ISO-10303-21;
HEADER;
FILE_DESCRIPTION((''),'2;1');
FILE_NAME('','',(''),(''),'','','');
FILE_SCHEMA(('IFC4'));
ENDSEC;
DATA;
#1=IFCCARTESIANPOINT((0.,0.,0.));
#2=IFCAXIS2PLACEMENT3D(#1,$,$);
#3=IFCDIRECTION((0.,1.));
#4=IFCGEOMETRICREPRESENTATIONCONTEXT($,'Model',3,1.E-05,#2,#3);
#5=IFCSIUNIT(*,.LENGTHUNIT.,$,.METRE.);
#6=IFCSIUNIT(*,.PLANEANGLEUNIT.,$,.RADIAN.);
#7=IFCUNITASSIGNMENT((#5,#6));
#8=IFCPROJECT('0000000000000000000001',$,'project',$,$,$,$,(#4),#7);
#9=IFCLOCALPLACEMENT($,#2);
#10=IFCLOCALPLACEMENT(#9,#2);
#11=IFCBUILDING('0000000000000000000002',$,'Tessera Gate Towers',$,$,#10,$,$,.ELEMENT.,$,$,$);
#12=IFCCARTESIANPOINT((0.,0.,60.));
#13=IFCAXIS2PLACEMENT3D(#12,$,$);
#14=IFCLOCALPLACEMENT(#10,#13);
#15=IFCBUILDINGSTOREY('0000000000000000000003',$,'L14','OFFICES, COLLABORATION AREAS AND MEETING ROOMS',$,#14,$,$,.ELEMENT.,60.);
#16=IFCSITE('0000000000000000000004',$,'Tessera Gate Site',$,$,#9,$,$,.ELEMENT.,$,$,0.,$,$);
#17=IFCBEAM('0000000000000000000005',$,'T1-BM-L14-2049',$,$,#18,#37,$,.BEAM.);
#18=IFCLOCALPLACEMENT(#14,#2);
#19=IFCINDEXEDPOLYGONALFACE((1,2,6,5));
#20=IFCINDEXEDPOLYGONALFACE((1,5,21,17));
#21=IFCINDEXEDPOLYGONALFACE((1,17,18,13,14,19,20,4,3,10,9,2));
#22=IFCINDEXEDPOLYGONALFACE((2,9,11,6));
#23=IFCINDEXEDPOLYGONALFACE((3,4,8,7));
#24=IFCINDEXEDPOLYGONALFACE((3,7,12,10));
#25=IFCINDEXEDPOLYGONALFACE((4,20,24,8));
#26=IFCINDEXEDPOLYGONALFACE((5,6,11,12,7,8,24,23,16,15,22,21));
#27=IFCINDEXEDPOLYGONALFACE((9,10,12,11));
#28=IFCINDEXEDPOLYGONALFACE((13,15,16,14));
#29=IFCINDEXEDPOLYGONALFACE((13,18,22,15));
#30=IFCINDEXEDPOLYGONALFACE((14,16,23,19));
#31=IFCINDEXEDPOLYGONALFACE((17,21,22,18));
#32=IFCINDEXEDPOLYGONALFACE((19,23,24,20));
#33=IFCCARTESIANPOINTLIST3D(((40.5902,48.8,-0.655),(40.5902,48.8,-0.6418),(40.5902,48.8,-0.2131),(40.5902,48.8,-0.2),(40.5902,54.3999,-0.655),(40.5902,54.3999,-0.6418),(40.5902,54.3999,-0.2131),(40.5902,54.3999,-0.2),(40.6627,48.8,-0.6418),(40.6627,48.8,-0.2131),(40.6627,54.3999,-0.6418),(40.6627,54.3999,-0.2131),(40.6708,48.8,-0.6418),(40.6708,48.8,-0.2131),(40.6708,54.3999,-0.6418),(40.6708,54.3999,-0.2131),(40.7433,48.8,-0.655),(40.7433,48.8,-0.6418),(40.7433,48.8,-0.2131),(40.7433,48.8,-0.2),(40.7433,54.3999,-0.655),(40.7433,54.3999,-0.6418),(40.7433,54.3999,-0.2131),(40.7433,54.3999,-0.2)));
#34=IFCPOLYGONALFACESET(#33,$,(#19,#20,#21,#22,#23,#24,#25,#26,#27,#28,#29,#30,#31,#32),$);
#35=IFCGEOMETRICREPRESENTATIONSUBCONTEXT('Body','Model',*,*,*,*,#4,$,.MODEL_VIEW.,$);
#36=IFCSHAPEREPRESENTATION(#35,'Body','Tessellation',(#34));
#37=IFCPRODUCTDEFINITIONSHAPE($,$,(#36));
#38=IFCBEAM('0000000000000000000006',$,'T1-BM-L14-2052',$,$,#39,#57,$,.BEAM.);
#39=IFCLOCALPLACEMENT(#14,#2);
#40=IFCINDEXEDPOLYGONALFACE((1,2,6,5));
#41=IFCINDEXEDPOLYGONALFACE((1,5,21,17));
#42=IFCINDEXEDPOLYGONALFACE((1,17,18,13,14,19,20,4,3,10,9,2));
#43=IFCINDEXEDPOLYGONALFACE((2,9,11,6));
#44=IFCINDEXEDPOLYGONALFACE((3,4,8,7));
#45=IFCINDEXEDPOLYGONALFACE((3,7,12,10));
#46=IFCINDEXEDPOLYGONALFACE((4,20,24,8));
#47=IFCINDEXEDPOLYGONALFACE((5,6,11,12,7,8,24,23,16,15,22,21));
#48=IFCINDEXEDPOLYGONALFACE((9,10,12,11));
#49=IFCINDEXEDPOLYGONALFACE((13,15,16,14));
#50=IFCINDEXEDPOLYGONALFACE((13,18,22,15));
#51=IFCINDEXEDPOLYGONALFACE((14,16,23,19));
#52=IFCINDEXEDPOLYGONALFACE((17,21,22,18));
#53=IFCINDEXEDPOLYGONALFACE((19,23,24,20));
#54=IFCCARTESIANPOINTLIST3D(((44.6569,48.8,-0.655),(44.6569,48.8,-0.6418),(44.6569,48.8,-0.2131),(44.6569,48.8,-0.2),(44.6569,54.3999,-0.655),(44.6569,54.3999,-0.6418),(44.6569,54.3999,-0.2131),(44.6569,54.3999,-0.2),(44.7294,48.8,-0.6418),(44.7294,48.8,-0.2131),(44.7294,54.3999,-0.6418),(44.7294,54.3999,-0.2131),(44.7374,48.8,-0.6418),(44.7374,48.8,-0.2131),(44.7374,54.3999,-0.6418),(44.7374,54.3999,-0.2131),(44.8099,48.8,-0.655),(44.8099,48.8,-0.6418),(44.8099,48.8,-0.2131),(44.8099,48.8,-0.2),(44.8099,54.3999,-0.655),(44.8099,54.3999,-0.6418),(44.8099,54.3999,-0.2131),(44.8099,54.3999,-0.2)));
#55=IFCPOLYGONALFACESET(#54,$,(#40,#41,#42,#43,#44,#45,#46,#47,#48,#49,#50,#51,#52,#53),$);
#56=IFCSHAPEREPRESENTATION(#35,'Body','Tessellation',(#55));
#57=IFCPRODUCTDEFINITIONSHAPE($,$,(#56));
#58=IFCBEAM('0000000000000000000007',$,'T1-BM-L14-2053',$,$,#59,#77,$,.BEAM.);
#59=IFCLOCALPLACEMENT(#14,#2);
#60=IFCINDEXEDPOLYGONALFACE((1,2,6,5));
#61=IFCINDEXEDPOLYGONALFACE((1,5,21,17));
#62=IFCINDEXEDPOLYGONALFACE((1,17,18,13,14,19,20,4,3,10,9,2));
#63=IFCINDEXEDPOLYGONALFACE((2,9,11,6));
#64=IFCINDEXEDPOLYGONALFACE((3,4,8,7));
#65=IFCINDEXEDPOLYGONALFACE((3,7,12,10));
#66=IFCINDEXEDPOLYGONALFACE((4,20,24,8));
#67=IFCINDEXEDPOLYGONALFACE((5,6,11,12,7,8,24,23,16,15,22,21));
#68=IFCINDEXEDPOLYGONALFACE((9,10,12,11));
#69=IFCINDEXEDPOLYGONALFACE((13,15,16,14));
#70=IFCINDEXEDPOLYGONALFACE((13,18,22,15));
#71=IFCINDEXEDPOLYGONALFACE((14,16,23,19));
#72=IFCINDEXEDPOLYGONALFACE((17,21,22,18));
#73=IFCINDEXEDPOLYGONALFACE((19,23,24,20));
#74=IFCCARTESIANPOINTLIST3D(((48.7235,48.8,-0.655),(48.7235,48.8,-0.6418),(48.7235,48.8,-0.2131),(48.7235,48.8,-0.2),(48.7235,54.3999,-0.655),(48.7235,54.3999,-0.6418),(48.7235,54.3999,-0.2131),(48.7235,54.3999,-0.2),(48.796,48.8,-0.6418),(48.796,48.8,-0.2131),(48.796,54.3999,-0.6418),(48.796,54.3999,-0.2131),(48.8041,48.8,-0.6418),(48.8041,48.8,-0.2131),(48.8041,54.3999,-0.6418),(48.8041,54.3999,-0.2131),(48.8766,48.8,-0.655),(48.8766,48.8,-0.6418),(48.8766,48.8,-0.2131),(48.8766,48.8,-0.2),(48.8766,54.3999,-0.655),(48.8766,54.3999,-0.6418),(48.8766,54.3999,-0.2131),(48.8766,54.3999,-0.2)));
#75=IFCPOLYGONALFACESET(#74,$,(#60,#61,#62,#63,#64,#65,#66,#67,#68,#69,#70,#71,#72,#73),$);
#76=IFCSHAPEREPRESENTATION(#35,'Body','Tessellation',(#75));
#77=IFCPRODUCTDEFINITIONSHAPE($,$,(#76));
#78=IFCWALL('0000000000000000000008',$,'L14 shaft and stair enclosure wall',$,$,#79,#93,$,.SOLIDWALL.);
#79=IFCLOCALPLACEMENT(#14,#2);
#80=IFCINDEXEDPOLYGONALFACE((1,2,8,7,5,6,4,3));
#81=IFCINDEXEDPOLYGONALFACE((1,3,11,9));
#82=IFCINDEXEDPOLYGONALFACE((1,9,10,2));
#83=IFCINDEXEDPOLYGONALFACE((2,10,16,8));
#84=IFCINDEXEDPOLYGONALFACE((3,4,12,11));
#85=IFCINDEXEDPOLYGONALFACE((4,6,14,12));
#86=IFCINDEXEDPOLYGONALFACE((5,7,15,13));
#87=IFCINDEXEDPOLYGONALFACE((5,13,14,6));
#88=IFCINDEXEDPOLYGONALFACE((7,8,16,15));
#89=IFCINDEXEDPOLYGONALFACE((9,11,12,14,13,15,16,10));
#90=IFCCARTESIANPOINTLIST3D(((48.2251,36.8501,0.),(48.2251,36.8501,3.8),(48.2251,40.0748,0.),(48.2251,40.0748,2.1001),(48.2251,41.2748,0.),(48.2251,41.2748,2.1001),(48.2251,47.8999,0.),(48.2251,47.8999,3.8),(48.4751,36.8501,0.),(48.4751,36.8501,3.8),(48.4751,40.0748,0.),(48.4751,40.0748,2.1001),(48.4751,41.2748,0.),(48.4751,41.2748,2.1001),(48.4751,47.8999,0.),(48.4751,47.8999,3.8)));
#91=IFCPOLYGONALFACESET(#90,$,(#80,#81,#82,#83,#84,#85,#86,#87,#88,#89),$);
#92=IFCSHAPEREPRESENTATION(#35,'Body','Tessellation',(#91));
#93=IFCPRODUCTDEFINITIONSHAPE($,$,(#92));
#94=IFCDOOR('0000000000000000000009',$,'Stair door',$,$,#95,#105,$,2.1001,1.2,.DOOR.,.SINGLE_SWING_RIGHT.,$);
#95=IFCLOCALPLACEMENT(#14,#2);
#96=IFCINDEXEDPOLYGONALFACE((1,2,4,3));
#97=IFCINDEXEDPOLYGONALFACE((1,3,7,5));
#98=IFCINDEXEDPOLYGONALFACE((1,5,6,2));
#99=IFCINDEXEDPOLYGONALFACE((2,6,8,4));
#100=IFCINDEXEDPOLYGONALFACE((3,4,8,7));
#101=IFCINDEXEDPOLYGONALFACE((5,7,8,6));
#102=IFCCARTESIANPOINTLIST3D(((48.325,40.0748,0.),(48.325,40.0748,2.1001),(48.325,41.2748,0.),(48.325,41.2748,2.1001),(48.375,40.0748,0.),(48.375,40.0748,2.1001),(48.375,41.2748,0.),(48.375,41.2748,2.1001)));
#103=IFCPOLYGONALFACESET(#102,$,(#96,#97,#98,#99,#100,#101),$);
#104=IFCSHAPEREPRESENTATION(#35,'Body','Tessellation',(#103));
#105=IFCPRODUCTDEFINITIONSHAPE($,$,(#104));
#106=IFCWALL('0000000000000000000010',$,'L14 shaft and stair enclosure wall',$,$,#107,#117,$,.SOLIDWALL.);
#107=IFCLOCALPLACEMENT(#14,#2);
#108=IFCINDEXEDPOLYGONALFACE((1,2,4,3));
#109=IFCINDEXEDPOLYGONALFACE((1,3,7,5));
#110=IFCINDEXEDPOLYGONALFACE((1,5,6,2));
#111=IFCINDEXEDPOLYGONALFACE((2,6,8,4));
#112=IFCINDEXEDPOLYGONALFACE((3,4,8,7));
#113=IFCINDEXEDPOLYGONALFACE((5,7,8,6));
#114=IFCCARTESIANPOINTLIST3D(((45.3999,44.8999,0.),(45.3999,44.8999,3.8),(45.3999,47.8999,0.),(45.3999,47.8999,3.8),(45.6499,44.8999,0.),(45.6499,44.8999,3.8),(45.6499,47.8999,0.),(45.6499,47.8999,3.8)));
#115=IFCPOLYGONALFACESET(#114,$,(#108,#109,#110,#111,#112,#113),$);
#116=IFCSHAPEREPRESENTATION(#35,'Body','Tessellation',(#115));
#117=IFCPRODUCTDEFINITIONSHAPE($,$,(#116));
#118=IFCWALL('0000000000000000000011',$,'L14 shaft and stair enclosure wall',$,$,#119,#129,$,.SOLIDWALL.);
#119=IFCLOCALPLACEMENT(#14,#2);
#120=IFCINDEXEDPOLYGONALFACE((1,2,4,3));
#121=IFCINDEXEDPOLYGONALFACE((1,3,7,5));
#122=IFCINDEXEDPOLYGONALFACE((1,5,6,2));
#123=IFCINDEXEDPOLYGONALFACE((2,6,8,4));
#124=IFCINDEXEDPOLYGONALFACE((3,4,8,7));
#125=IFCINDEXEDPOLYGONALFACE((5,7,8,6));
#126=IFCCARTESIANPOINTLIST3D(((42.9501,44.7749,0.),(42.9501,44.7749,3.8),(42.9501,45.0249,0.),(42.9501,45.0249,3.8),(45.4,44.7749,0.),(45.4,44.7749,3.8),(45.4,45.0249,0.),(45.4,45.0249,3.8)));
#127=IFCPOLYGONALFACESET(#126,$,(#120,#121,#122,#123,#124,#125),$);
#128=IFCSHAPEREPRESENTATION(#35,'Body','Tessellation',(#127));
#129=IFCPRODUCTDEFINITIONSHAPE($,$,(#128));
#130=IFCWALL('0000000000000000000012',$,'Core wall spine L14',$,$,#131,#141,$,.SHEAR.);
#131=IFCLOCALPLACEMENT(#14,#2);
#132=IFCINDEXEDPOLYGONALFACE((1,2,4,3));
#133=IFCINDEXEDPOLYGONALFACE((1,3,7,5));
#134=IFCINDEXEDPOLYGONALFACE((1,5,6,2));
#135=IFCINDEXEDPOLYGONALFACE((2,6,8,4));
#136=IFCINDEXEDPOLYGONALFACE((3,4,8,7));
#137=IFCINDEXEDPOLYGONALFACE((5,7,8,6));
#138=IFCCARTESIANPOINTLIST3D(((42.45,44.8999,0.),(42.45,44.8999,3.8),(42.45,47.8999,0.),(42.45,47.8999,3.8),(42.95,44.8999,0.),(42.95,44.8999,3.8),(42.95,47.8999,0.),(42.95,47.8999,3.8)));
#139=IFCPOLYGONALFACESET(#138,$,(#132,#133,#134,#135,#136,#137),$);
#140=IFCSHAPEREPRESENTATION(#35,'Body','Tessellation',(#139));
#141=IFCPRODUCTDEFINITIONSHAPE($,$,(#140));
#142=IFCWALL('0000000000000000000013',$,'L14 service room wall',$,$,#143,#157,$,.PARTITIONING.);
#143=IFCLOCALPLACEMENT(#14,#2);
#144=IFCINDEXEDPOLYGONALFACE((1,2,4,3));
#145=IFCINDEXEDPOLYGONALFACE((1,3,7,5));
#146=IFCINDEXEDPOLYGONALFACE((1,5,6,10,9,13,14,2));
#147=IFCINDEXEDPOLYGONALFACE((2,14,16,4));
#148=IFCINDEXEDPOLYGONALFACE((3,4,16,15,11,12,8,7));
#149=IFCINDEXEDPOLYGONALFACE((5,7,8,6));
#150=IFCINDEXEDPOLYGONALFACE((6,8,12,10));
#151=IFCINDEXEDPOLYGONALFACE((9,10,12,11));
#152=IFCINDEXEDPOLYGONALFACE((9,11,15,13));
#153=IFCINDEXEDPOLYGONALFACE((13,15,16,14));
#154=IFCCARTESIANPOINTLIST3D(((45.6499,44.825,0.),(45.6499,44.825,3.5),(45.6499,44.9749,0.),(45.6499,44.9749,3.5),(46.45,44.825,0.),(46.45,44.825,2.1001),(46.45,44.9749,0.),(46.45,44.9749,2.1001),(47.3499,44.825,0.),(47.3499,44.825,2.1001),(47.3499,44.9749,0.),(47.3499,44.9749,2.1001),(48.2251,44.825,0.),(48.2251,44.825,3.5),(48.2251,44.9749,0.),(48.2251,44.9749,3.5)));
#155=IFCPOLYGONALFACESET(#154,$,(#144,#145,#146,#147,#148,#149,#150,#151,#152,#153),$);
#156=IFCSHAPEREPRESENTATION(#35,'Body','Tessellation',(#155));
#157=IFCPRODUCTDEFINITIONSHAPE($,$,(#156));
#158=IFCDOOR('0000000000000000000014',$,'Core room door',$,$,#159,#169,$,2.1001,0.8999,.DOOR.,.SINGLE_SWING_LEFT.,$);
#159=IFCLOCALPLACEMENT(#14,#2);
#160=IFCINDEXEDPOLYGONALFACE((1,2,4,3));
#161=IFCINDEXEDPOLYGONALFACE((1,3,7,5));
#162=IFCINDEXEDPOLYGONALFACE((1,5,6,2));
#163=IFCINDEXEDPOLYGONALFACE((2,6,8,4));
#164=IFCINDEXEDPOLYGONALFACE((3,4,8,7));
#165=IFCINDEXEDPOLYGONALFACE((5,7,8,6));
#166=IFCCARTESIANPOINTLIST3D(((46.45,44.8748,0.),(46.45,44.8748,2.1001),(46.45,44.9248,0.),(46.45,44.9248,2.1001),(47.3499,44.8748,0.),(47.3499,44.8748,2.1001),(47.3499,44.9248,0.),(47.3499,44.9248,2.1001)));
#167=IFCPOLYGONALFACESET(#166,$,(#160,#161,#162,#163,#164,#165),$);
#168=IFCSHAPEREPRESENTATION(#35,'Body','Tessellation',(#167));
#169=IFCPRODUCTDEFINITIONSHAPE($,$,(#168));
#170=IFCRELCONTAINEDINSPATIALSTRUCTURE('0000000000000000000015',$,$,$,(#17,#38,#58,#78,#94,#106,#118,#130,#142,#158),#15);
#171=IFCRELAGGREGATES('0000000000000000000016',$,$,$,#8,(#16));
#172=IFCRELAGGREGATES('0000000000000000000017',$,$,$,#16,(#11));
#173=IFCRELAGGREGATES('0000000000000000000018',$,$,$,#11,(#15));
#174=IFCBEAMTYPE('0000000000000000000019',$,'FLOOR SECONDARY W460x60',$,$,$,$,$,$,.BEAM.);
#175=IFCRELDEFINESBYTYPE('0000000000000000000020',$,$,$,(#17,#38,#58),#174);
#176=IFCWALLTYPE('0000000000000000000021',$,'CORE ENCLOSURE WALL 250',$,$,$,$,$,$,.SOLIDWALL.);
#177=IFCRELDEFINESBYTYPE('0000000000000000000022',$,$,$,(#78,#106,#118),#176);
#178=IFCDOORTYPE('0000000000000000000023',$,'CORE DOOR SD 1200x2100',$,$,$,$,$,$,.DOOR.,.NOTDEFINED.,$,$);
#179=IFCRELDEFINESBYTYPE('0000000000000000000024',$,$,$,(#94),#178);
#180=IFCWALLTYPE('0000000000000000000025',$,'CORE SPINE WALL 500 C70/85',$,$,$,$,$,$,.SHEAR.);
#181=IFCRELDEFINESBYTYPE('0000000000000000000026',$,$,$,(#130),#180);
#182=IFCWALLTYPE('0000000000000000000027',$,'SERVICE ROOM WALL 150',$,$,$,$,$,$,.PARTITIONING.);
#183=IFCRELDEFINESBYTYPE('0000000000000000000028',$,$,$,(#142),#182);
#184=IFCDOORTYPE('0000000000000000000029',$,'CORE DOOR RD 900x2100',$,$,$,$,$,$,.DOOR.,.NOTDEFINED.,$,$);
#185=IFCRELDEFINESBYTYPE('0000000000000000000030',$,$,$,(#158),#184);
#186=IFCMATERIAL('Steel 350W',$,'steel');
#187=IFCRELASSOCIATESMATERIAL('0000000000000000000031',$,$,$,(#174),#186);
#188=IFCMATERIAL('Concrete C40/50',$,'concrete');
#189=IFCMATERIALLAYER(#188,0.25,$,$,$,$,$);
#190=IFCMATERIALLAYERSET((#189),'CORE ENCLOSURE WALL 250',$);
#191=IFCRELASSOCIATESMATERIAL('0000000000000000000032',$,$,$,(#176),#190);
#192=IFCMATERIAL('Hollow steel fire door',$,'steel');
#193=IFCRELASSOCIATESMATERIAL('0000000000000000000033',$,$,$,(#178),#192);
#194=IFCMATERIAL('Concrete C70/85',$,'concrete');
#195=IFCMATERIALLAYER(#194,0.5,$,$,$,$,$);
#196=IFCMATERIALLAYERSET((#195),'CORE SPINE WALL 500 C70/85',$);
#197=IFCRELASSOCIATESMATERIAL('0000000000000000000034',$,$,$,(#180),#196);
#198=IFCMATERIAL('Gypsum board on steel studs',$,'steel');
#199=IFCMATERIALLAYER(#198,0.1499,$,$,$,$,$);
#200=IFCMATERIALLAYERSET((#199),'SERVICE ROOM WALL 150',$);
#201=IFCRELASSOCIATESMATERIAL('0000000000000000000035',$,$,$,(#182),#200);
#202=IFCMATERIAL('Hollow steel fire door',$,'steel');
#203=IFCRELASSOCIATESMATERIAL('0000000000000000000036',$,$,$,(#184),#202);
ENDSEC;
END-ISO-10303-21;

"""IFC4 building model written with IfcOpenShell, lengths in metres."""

from ifc_helpers import new_model, si_unit, direction, frame, frame_2d, origin, origin_2d, place, context, subcontext, project, spatial, rectangle, i_section, extrude, source, transform, mapped, material, layer, layer_set, material_profile, profile_set, type_object, element, fill, save


model = new_model("IFC4")

# Units and contexts
model_context = context("Model", 3, precision=1e-05, world=origin(), true_north=direction((0.0, 1.0)))
body_context = subcontext(model_context, "Body", "Model", "MODEL_VIEW")
ifc_project = project(units=[si_unit("LENGTHUNIT", "METRE"), si_unit("PLANEANGLEUNIT", "RADIAN")], contexts=[model_context])

# Site, building, storey
site_placement = place(None, origin())
site = spatial("IfcSite", under=ifc_project, at=site_placement, Name="Tessera Gate Site", CompositionType="ELEMENT", RefElevation=0.0)
building_placement = place(site_placement, origin())
building = spatial("IfcBuilding", under=site, at=building_placement, Name="Tessera Gate Towers", CompositionType="ELEMENT")
storey_placement = place(building_placement, frame((0.0, 0.0, 60.0)))
storey = spatial("IfcBuildingStorey", under=building, at=storey_placement, Name="L14", Description="OFFICES, COLLABORATION AREAS AND MEETING ROOMS", CompositionType="ELEMENT", Elevation=60.0)

# Beams
ifc_material_1 = material(Name="Steel 350W", Category="steel")
ifc_material_profile = material_profile(ifc_material_1, i_section(OverallWidth=0.1531, OverallDepth=0.4551, WebThickness=0.0081, FlangeThickness=0.0132, at=origin_2d()), Name="W460x60")
ifc_profile_set = profile_set([ifc_material_profile], Name="Steel 350W")
beam_type = type_object("IfcBeamType", Name="FLOOR SECONDARY W460x60", PredefinedType="BEAM", material=ifc_profile_set)
for number, where, z_axis, x_axis, name in (
    (1, (40.6667, 48.8, -0.4275), (0.0, 1.0, 0.0), (-1.0, 0.0, 0.0), "T1-BM-L14-2049"),
    (2, (44.7334, 48.8, -0.4275), (0.0, 1.0, 0.0), (-1.0, 0.0, 0.0), "T1-BM-L14-2052"),
    (3, (48.8, 48.8, -0.4275), (0.0, 1.0, 0.0), (-1.0, 0.0, 0.0), "T1-BM-L14-2053"),
):
    element("IfcBeam", number, at=place(storey_placement, frame(where, z_axis=z_axis, x_axis=x_axis)), inside=storey, type_object=beam_type, Name=name, PredefinedType="BEAM", context=body_context, shape_type="SweptSolid", body=[
        extrude(i_section(OverallWidth=0.1531, OverallDepth=0.4551, WebThickness=0.0081, FlangeThickness=0.0132, at=origin_2d()), origin(), (0.0, 0.0, 1.0), 5.5999),
    ])

# Wall, opening, door
ifc_material_2 = material(Name="Concrete C40/50", Category="concrete")
ifc_layer_1 = layer(ifc_material_2, 0.25)
ifc_layer_set_1 = layer_set([ifc_layer_1], Name="CORE ENCLOSURE WALL 250")
wall_type_1 = type_object("IfcWallType", Name="CORE ENCLOSURE WALL 250", PredefinedType="SOLIDWALL", material=ifc_layer_set_1)
wall_1_placement = place(storey_placement, frame((48.3501, 47.8999, 0.0), z_axis=(0.0, 0.0, 1.0), x_axis=(0.0, -1.0, 0.0)))
wall_1 = element("IfcWall", 4, at=wall_1_placement, inside=storey, type_object=wall_type_1, Name="L14 shaft and stair enclosure wall", PredefinedType="SOLIDWALL", context=body_context, shape_type="SweptSolid", body=[
    extrude(rectangle(XDim=11.0498, YDim=0.25, at=frame_2d((5.5249, 0.0))), origin(), (0.0, 0.0, 1.0), 3.8),
])
shared_shape_1 = source(origin(), body_context, "Body", "SweptSolid", [
    extrude(rectangle(XDim=1.2, YDim=2.1001, at=frame_2d((0.6001, 1.05))), frame((0.0, 0.135, 0.0), z_axis=(0.0, -1.0, 0.0), x_axis=(1.0, 0.0, 0.0)), (0.0, 0.0, 1.0), 0.27),
])
opening_1_placement = place(wall_1_placement, frame((6.625, 0.0, 0.0)))
opening_1 = element("IfcOpeningElement", 5, at=opening_1_placement, cuts=wall_1, PredefinedType="OPENING", context=body_context, shape_type="MappedRepresentation", body=[
    mapped(shared_shape_1, transform((0.0, 0.0, 0.0), scale=1.0)),
])
ifc_material_3 = material(Name="Hollow steel fire door", Category="steel")
door_type_1 = type_object("IfcDoorType", Name="CORE DOOR SD 1200x2100", OperationType="NOTDEFINED", PredefinedType="DOOR", material=ifc_material_3)
shared_shape_2 = source(origin(), body_context, "Body", "SweptSolid", [
    extrude(rectangle(XDim=1.2, YDim=2.1001, at=frame_2d((0.6001, 1.05))), frame((0.0, 0.0249, 0.0), z_axis=(0.0, -1.0, 0.0), x_axis=(1.0, 0.0, 0.0)), (0.0, 0.0, 1.0), 0.05),
])
door_1_placement = place(opening_1_placement, origin())
door_1 = element("IfcDoor", 6, at=door_1_placement, inside=storey, type_object=door_type_1, Name="Stair door", OperationType="SINGLE_SWING_RIGHT", OverallHeight=2.1001, OverallWidth=1.2, PredefinedType="DOOR", context=body_context, shape_type="MappedRepresentation", body=[
    mapped(shared_shape_2, transform((0.0, 0.0, 0.0), scale=1.0)),
])
fill(opening_1, door_1)

# Walls
wall_2_placement = place(storey_placement, frame((45.5249, 44.8999, 0.0), z_axis=(0.0, 0.0, 1.0), x_axis=(0.0, 1.0, 0.0)))
element("IfcWall", 7, at=wall_2_placement, inside=storey, type_object=wall_type_1, Name="L14 shaft and stair enclosure wall", PredefinedType="SOLIDWALL", context=body_context, shape_type="SweptSolid", body=[
    extrude(rectangle(XDim=3.0, YDim=0.25, at=frame_2d((1.5, 0.0))), origin(), (0.0, 0.0, 1.0), 3.8),
])
wall_3_placement = place(storey_placement, frame((42.95, 44.8999, 0.0), z_axis=(0.0, 0.0, 1.0), x_axis=(1.0, 0.0, 0.0)))
element("IfcWall", 8, at=wall_3_placement, inside=storey, type_object=wall_type_1, Name="L14 shaft and stair enclosure wall", PredefinedType="SOLIDWALL", context=body_context, shape_type="SweptSolid", body=[
    extrude(rectangle(XDim=2.45, YDim=0.25, at=frame_2d((1.2251, 0.0))), origin(), (0.0, 0.0, 1.0), 3.8),
])
ifc_material_4 = material(Name="Concrete C70/85", Category="concrete")
ifc_layer_2 = layer(ifc_material_4, 0.5)
ifc_layer_set_2 = layer_set([ifc_layer_2], Name="CORE SPINE WALL 500 C70/85")
wall_type_2 = type_object("IfcWallType", Name="CORE SPINE WALL 500 C70/85", PredefinedType="SHEAR", material=ifc_layer_set_2)
wall_4_placement = place(storey_placement, frame((42.7, 44.8999, 0.0), z_axis=(0.0, 0.0, 1.0), x_axis=(0.0, 1.0, 0.0)))
element("IfcWall", 9, at=wall_4_placement, inside=storey, type_object=wall_type_2, Name="Core wall spine L14", PredefinedType="SHEAR", context=body_context, shape_type="SweptSolid", body=[
    extrude(rectangle(XDim=3.0, YDim=0.5, at=frame_2d((1.5, 0.0))), origin(), (0.0, 0.0, 1.0), 3.8),
])

# Wall, opening, door
ifc_material_5 = material(Name="Gypsum board on steel studs", Category="steel")
ifc_layer_3 = layer(ifc_material_5, 0.1499)
ifc_layer_set_3 = layer_set([ifc_layer_3], Name="SERVICE ROOM WALL 150")
wall_type_3 = type_object("IfcWallType", Name="SERVICE ROOM WALL 150", PredefinedType="PARTITIONING", material=ifc_layer_set_3)
wall_5_placement = place(storey_placement, frame((45.6499, 44.8999, 0.0), z_axis=(0.0, 0.0, 1.0), x_axis=(1.0, 0.0, 0.0)))
wall_5 = element("IfcWall", 10, at=wall_5_placement, inside=storey, type_object=wall_type_3, Name="L14 service room wall", PredefinedType="PARTITIONING", context=body_context, shape_type="SweptSolid", body=[
    extrude(rectangle(XDim=2.5752, YDim=0.1499, at=frame_2d((1.2876, 0.0))), origin(), (0.0, 0.0, 1.0), 3.5),
])
shared_shape_3 = source(origin(), body_context, "Body", "SweptSolid", [
    extrude(rectangle(XDim=0.8999, YDim=2.1001, at=frame_2d((0.45, 1.05))), frame((0.0, 0.085, 0.0), z_axis=(0.0, -1.0, 0.0), x_axis=(1.0, 0.0, 0.0)), (0.0, 0.0, 1.0), 0.1699),
])
opening_2_placement = place(wall_5_placement, frame((0.8, 0.0, 0.0)))
opening_2 = element("IfcOpeningElement", 11, at=opening_2_placement, cuts=wall_5, PredefinedType="OPENING", context=body_context, shape_type="MappedRepresentation", body=[
    mapped(shared_shape_3, transform((0.0, 0.0, 0.0), scale=1.0)),
])
ifc_material_6 = material(Name="Hollow steel fire door", Category="steel")
door_type_2 = type_object("IfcDoorType", Name="CORE DOOR RD 900x2100", OperationType="NOTDEFINED", PredefinedType="DOOR", material=ifc_material_6)
shared_shape_4 = source(origin(), body_context, "Body", "SweptSolid", [
    extrude(rectangle(XDim=0.8999, YDim=2.1001, at=frame_2d((0.45, 1.05))), frame((0.0, 0.0249, 0.0), z_axis=(0.0, -1.0, 0.0), x_axis=(1.0, 0.0, 0.0)), (0.0, 0.0, 1.0), 0.05),
])
door_2_placement = place(opening_2_placement, origin())
door_2 = element("IfcDoor", 12, at=door_2_placement, inside=storey, type_object=door_type_2, Name="Core room door", OperationType="SINGLE_SWING_LEFT", OverallHeight=2.1001, OverallWidth=0.8999, PredefinedType="DOOR", context=body_context, shape_type="MappedRepresentation", body=[
    mapped(shared_shape_4, transform((0.0, 0.0, 0.0), scale=1.0)),
])
fill(opening_2, door_2)

save(model, "model.ifc")
